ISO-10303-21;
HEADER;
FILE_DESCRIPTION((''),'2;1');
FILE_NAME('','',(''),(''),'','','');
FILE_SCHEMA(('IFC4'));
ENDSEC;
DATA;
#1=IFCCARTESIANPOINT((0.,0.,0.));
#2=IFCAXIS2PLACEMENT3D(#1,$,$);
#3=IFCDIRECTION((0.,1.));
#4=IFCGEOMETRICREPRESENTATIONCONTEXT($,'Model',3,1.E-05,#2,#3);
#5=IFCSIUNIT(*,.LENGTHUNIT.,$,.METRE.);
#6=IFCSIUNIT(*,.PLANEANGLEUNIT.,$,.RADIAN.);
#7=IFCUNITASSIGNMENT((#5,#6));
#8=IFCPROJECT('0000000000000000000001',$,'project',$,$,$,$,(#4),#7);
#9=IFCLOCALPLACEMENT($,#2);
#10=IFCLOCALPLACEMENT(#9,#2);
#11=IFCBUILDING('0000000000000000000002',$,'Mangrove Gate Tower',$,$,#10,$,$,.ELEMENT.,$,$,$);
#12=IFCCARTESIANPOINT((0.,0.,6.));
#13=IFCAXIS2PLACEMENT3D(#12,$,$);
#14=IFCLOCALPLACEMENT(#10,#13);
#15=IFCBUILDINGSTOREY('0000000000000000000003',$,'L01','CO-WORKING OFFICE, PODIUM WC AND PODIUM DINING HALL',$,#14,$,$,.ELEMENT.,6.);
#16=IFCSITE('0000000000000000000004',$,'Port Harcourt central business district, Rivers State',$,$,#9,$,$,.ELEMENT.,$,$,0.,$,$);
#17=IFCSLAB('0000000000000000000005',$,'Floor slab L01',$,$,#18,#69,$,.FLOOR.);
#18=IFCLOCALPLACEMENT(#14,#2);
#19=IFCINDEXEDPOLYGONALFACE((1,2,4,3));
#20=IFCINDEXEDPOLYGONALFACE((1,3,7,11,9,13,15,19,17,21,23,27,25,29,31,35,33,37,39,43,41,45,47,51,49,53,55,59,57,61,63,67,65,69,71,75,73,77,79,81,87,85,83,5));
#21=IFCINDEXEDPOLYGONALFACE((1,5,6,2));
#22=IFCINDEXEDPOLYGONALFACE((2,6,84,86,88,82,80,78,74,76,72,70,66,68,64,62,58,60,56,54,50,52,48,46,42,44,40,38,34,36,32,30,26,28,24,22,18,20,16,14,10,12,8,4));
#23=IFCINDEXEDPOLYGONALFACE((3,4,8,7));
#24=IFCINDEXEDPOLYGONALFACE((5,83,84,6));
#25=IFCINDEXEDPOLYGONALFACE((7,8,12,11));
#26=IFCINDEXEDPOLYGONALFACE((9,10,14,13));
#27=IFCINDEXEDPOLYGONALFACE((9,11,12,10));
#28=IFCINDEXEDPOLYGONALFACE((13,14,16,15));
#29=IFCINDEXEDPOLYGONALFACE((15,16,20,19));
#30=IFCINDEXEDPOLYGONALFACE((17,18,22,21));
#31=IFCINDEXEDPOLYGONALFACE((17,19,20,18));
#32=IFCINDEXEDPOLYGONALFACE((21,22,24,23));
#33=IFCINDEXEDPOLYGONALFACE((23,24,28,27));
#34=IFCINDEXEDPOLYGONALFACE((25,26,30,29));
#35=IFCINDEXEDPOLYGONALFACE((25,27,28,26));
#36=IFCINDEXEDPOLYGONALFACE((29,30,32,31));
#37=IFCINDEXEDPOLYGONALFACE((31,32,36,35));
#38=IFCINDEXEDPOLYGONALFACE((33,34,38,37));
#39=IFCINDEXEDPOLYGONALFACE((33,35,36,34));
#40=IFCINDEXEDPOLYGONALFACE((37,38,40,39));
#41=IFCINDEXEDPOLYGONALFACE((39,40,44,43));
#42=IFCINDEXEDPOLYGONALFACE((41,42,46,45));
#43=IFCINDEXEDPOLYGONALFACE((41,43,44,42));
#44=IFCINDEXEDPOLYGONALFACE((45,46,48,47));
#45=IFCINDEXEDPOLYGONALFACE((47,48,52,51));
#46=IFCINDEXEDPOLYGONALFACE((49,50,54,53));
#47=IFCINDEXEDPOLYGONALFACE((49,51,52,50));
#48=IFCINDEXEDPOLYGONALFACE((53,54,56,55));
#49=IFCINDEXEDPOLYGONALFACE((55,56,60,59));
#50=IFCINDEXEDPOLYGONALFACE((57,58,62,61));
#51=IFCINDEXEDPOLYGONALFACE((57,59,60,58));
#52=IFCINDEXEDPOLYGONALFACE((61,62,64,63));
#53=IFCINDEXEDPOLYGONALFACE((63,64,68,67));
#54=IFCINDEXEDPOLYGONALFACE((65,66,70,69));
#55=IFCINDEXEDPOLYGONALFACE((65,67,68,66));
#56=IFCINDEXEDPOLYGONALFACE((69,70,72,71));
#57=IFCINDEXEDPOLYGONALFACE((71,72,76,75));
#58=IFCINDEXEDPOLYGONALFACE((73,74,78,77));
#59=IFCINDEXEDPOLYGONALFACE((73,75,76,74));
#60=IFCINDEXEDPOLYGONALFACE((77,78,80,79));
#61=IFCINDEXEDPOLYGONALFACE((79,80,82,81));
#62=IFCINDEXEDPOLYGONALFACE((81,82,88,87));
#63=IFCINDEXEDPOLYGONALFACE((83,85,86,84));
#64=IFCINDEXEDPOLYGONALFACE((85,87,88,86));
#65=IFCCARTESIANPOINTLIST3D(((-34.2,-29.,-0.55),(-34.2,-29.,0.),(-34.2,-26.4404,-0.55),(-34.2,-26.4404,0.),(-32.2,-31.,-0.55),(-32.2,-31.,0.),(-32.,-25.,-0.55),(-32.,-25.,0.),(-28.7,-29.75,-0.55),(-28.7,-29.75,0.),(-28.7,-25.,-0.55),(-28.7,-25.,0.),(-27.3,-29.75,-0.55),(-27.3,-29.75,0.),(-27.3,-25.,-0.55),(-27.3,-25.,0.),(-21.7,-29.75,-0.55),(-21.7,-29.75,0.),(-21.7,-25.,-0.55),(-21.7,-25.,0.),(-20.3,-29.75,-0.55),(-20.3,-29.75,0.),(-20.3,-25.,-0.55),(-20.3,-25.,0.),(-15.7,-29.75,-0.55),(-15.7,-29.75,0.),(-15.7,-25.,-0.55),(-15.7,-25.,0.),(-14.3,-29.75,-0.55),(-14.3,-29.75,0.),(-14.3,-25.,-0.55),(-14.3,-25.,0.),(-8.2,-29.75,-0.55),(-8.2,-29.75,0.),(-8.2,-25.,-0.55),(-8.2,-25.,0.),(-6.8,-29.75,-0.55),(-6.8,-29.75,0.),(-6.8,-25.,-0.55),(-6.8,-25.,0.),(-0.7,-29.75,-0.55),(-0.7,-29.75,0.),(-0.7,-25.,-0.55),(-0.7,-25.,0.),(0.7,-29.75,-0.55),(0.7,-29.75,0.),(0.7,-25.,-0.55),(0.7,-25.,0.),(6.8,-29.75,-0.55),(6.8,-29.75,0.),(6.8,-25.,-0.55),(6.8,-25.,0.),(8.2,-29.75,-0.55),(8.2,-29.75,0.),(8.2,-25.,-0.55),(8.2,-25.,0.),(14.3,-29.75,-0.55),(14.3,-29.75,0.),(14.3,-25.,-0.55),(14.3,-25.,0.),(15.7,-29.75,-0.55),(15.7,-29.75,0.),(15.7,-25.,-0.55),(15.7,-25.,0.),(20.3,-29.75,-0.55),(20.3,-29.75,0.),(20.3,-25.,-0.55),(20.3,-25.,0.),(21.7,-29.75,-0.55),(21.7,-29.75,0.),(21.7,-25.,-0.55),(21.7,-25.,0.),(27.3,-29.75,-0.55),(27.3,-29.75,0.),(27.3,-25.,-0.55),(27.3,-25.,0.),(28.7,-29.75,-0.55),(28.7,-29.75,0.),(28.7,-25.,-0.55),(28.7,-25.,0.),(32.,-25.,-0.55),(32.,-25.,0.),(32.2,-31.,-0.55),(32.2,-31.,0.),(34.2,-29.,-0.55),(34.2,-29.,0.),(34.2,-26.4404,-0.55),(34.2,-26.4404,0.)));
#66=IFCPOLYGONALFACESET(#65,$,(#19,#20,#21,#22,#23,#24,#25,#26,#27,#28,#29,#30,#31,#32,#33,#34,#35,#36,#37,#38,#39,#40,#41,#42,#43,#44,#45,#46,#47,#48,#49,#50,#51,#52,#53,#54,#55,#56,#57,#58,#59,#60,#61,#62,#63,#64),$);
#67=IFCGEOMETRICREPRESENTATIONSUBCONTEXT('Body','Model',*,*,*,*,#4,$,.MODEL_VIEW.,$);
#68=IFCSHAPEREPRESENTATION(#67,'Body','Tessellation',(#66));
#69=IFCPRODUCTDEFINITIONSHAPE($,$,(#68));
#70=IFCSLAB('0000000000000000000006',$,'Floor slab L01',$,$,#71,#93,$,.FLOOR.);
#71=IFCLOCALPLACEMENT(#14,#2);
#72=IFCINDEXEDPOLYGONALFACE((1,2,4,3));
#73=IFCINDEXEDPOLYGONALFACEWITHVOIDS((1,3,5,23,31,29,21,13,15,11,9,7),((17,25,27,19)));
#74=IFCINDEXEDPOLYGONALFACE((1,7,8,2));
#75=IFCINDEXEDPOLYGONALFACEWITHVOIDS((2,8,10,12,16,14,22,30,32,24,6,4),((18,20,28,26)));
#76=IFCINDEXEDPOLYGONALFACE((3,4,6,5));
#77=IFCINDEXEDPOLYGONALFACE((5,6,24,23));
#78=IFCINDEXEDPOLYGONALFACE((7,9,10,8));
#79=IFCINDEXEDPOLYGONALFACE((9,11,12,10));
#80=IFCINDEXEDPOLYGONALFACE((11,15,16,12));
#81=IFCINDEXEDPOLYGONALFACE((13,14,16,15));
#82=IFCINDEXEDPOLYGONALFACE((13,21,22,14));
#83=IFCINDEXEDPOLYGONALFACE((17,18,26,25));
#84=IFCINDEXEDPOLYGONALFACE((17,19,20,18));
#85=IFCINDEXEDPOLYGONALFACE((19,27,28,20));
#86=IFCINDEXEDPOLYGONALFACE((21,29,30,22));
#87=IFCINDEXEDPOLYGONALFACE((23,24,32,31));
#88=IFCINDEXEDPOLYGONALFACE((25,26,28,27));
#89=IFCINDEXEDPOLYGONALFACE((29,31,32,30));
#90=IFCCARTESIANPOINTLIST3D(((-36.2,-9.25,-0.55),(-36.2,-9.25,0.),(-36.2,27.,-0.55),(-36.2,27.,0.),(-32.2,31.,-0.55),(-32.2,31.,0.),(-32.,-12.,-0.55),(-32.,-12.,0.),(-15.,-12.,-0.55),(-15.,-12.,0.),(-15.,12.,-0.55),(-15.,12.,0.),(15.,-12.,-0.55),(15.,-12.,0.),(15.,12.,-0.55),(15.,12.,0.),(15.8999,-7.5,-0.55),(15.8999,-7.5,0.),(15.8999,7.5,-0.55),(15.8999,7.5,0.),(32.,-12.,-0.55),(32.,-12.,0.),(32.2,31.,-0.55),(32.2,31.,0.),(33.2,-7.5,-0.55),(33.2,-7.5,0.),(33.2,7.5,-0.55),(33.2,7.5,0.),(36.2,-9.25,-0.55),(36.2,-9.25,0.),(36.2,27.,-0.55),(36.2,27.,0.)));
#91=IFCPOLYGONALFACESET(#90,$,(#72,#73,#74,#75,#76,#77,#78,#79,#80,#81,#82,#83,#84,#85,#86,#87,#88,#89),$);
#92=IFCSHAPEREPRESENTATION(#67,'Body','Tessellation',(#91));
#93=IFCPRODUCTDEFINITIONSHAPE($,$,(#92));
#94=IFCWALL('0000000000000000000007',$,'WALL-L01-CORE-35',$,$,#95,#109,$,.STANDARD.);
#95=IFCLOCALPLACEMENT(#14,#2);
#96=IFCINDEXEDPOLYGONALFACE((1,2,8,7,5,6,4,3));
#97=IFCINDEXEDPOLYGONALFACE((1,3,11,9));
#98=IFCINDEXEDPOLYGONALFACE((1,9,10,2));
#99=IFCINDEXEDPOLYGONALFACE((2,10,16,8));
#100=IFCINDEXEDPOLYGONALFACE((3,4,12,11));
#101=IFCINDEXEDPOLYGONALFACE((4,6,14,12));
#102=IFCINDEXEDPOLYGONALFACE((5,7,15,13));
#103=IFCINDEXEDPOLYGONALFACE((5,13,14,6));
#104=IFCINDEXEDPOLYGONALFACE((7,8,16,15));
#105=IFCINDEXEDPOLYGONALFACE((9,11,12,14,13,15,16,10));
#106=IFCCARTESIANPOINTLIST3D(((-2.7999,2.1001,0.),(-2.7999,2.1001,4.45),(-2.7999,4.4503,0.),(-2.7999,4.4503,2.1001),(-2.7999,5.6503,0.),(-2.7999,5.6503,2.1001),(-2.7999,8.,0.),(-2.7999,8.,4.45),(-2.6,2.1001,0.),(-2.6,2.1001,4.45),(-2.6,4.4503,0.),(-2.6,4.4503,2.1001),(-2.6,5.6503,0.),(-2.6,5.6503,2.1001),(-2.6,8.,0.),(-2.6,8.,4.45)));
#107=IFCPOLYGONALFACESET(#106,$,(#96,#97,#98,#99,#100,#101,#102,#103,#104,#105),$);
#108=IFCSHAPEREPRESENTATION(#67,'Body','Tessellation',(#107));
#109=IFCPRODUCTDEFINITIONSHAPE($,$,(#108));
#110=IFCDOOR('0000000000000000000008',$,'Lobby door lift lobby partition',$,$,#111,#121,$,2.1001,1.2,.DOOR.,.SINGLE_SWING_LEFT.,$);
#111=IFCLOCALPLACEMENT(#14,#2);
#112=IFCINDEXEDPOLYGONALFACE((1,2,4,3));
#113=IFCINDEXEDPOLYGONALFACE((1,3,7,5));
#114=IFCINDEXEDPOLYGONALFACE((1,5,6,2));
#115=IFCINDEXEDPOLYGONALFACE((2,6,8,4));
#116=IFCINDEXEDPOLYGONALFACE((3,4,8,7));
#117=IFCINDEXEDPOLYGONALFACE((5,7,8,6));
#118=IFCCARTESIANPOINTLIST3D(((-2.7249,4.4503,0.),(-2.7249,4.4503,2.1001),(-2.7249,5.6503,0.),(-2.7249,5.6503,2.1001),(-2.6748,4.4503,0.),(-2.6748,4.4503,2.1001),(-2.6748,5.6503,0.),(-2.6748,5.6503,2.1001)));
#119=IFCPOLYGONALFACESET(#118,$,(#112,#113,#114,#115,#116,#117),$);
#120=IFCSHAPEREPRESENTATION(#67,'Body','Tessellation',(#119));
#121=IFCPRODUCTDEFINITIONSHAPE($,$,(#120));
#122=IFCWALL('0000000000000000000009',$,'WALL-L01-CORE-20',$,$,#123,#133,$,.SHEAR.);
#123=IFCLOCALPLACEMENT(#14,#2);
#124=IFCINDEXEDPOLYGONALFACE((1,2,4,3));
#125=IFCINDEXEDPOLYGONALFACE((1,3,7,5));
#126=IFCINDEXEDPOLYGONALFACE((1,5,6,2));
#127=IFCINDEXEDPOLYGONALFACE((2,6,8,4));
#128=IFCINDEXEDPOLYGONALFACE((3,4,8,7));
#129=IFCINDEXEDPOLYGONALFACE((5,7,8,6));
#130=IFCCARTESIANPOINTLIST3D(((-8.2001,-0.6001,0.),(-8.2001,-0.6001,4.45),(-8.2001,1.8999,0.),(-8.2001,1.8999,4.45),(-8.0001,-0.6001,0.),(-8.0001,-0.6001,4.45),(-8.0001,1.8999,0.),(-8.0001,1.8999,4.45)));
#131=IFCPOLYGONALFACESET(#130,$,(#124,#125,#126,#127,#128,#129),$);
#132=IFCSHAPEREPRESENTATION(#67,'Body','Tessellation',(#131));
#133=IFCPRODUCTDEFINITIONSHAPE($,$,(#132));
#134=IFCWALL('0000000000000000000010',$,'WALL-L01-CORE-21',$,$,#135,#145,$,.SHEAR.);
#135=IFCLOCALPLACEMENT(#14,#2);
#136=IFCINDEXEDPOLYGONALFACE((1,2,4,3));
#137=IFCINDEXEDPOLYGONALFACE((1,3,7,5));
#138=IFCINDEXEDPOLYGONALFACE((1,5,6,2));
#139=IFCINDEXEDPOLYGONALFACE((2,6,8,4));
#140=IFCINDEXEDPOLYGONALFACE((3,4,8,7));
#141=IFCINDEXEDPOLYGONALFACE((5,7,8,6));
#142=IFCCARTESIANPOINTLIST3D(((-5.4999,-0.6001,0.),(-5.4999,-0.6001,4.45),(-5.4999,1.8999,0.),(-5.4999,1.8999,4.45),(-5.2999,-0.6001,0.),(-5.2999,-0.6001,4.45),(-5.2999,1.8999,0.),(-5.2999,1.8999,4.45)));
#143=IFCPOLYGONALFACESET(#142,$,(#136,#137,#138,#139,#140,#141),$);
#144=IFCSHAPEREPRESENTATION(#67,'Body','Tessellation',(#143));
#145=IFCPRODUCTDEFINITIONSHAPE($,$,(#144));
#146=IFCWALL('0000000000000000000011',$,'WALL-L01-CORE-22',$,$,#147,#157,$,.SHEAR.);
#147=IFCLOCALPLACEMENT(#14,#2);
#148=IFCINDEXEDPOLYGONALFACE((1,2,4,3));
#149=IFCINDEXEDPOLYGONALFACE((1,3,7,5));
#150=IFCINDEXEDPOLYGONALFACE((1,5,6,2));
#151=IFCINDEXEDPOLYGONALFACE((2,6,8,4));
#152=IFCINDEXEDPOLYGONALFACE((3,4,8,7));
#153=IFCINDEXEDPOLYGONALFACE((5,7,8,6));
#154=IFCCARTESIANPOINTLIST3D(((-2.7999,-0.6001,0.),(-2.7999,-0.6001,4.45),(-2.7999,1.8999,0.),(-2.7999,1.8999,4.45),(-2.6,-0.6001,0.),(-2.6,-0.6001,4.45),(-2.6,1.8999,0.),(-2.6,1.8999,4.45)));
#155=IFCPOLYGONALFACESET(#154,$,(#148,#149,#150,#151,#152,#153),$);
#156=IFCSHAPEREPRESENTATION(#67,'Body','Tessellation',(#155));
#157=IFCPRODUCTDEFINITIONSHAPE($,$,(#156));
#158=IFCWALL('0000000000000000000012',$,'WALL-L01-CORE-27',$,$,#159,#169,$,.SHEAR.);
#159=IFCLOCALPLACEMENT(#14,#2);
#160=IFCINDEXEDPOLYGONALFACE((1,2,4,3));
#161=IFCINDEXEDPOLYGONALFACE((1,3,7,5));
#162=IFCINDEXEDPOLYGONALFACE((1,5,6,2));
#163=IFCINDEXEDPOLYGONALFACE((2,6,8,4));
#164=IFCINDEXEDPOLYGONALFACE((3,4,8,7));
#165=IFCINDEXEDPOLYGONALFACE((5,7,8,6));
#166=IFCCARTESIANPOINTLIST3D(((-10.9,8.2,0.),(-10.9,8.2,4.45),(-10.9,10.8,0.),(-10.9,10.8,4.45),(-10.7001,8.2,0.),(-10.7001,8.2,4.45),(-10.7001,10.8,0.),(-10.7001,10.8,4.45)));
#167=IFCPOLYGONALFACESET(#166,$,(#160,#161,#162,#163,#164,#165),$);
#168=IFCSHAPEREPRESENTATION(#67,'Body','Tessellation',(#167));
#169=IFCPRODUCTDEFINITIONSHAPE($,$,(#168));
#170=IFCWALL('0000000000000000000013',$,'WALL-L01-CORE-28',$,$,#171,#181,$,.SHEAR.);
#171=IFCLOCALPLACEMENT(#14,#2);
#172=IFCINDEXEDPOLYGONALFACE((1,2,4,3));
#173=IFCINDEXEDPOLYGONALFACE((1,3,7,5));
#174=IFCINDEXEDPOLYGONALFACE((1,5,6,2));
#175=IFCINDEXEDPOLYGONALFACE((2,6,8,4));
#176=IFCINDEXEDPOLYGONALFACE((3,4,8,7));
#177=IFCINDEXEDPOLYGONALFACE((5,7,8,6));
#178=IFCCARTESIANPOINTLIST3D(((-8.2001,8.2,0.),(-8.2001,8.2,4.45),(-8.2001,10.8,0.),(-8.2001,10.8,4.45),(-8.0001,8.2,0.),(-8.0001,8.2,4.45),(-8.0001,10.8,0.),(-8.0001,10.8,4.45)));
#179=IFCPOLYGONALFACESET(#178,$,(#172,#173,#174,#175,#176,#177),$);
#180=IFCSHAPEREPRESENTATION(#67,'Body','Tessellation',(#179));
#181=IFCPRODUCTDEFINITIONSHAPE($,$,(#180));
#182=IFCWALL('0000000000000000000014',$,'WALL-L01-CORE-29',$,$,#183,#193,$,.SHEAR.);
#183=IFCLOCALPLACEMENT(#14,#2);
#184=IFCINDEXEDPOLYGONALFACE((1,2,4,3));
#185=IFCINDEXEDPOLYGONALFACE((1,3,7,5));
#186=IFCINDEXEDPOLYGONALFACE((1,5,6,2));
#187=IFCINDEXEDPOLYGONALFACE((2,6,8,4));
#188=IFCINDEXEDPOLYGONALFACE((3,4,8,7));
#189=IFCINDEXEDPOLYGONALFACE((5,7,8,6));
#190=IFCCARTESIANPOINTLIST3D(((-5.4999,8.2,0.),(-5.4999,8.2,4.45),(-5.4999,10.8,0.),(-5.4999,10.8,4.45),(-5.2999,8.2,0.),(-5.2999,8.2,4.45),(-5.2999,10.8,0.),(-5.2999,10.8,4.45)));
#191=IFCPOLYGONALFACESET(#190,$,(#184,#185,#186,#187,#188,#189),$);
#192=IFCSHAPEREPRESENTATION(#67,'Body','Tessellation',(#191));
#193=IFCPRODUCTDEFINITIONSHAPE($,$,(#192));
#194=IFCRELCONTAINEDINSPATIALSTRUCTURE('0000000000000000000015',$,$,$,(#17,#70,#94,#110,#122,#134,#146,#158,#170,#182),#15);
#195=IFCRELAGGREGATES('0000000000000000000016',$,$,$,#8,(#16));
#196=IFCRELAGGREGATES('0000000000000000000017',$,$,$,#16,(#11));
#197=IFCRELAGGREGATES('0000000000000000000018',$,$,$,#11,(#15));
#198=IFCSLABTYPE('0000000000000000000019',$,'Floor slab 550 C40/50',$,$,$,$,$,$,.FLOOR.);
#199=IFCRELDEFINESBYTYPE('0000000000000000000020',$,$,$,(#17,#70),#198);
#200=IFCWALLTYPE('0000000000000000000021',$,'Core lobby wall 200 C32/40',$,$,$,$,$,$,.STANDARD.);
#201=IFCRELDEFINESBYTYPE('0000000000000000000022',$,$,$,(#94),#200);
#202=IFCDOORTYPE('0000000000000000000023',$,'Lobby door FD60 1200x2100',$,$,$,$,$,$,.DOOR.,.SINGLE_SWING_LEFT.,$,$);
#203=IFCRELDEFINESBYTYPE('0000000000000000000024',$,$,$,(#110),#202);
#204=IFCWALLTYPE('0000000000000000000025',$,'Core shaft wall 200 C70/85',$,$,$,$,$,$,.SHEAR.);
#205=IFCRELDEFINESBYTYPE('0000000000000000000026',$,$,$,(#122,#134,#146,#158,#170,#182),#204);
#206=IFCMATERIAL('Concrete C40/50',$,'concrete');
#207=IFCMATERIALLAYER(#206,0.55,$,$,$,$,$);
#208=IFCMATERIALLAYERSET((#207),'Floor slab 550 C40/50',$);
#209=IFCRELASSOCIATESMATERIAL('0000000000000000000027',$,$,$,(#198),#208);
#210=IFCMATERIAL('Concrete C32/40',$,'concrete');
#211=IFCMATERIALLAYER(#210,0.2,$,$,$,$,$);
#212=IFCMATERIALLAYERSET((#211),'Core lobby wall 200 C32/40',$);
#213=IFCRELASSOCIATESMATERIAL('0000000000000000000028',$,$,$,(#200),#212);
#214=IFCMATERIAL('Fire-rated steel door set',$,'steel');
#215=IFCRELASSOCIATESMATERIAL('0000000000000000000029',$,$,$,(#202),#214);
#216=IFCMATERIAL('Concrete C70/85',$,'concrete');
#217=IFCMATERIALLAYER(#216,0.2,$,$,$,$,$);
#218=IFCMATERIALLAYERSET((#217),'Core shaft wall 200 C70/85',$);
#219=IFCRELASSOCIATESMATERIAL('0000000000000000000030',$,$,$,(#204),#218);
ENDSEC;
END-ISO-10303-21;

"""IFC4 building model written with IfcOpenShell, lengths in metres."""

from ifc_helpers import new_model, si_unit, direction, frame, frame_2d, origin, place, context, subcontext, project, spatial, polyline, rectangle, outline, extrude, material, layer, layer_set, type_object, element, fill, save


model = new_model("IFC4")

# Units and contexts
model_context = context("Model", 3, precision=1e-05, world=origin(), true_north=direction((0.0, 1.0)))
body_context = subcontext(model_context, "Body", "Model", "MODEL_VIEW")
ifc_project = project(units=[si_unit("LENGTHUNIT", "METRE"), si_unit("PLANEANGLEUNIT", "RADIAN")], contexts=[model_context])

# Site, building, storey
site_placement = place(None, origin())
site = spatial("IfcSite", under=ifc_project, at=site_placement, Name="Port Harcourt central business district, Rivers State", CompositionType="ELEMENT", RefElevation=0.0)
building_placement = place(site_placement, origin())
building = spatial("IfcBuilding", under=site, at=building_placement, Name="Mangrove Gate Tower", CompositionType="ELEMENT")
storey_placement = place(building_placement, frame((0.0, 0.0, 6.0)))
storey = spatial("IfcBuildingStorey", under=building, at=storey_placement, Name="L01", Description="CO-WORKING OFFICE, PODIUM WC AND PODIUM DINING HALL", CompositionType="ELEMENT", Elevation=6.0)

# Slabs
ifc_material_1 = material(Name="Concrete C40/50", Category="concrete")
ifc_layer_1 = layer(ifc_material_1, 0.55)
ifc_layer_set_1 = layer_set([ifc_layer_1], Name="Floor slab 550 C40/50")
slab_type = type_object("IfcSlabType", Name="Floor slab 550 C40/50", PredefinedType="FLOOR", material=ifc_layer_set_1)
slab_1_placement = place(storey_placement, frame((0.0, 0.0, -0.55)))
element("IfcSlab", 1, at=slab_1_placement, inside=storey, type_object=slab_type, Name="Floor slab L01", PredefinedType="FLOOR", context=body_context, shape_type="SweptSolid", body=[
    extrude(outline(polyline([(-32.0, -25.0), (-34.2, -26.4404), (-34.2, -29.0), (-32.2, -31.0), (32.2, -31.0), (34.2, -29.0), (34.2, -26.4404), (32.0, -25.0), (28.7, -25.0), (28.7, -29.75), (27.3, -29.75), (27.3, -25.0), (21.7, -25.0), (21.7, -29.75), (20.3, -29.75), (20.3, -25.0), (15.7, -25.0), (15.7, -29.75), (14.3, -29.75), (14.3, -25.0), (8.2, -25.0), (8.2, -29.75), (6.8, -29.75), (6.8, -25.0), (0.7, -25.0), (0.7, -29.75), (-0.7, -29.75), (-0.7, -25.0), (-6.8, -25.0), (-6.8, -29.75), (-8.2, -29.75), (-8.2, -25.0), (-14.3, -25.0), (-14.3, -29.75), (-15.7, -29.75), (-15.7, -25.0), (-20.3, -25.0), (-20.3, -29.75), (-21.7, -29.75), (-21.7, -25.0), (-27.3, -25.0), (-27.3, -29.75), (-28.7, -29.75), (-28.7, -25.0), (-32.0, -25.0)])), origin(), (0.0, 0.0, 1.0), 0.55),
])
slab_2_placement = place(storey_placement, frame((0.0, 0.0, -0.55)))
element("IfcSlab", 2, at=slab_2_placement, inside=storey, type_object=slab_type, Name="Floor slab L01", PredefinedType="FLOOR", context=body_context, shape_type="SweptSolid", body=[
    extrude(outline(polyline([(36.2, -9.25), (36.2, 27.0), (32.2, 31.0), (-32.2, 31.0), (-36.2, 27.0), (-36.2, -9.25), (-32.0, -12.0), (-15.0, -12.0), (-15.0, 12.0), (15.0, 12.0), (15.0, -12.0), (32.0, -12.0), (36.2, -9.25)]), holes=[polyline([(15.8999, 7.5), (33.2, 7.5), (33.2, -7.5), (15.8999, -7.5), (15.8999, 7.5)])]), origin(), (0.0, 0.0, 1.0), 0.55),
])

# Wall, opening, door
ifc_material_2 = material(Name="Concrete C32/40", Category="concrete")
ifc_layer_2 = layer(ifc_material_2, 0.2)
ifc_layer_set_2 = layer_set([ifc_layer_2], Name="Core lobby wall 200 C32/40")
wall_type_1 = type_object("IfcWallType", Name="Core lobby wall 200 C32/40", PredefinedType="STANDARD", material=ifc_layer_set_2)
wall_placement = place(storey_placement, frame((-2.7, 2.1001, 0.0), z_axis=(0.0, 0.0, 1.0), x_axis=(0.0, 1.0, 0.0)))
wall = element("IfcWall", 3, at=wall_placement, inside=storey, type_object=wall_type_1, Name="WALL-L01-CORE-35", PredefinedType="STANDARD", context=body_context, shape_type="SweptSolid", body=[
    extrude(rectangle(XDim=5.8999, YDim=0.2, at=frame_2d((2.95, 0.0))), origin(), (0.0, 0.0, 1.0), 4.45),
])
opening_placement = place(wall_placement, frame((2.3501, 0.0, 0.0)))
opening = element("IfcOpeningElement", 4, at=opening_placement, cuts=wall, PredefinedType="OPENING", context=body_context, shape_type="SweptSolid", body=[
    extrude(rectangle(XDim=1.2, YDim=2.1001, at=frame_2d((0.6001, 1.05))), frame((0.0, 0.1099, 0.0), z_axis=(0.0, -1.0, 0.0), x_axis=(1.0, 0.0, 0.0)), (0.0, 0.0, 1.0), 0.22),
])
ifc_material_3 = material(Name="Fire-rated steel door set", Category="steel")
door_type = type_object("IfcDoorType", Name="Lobby door FD60 1200x2100", OperationType="SINGLE_SWING_LEFT", PredefinedType="DOOR", material=ifc_material_3)
door_placement = place(opening_placement, origin())
door = element("IfcDoor", 5, at=door_placement, inside=storey, type_object=door_type, Name="Lobby door lift lobby partition", OperationType="SINGLE_SWING_LEFT", OverallHeight=2.1001, OverallWidth=1.2, PredefinedType="DOOR", context=body_context, shape_type="SweptSolid", body=[
    extrude(rectangle(XDim=1.2, YDim=2.1001, at=frame_2d((0.6001, 1.05))), frame((0.0, 0.0249, 0.0), z_axis=(0.0, -1.0, 0.0), x_axis=(1.0, 0.0, 0.0)), (0.0, 0.0, 1.0), 0.05),
])
fill(opening, door)

# Walls
ifc_material_4 = material(Name="Concrete C70/85", Category="concrete")
ifc_layer_3 = layer(ifc_material_4, 0.2)
ifc_layer_set_3 = layer_set([ifc_layer_3], Name="Core shaft wall 200 C70/85")
wall_type_2 = type_object("IfcWallType", Name="Core shaft wall 200 C70/85", PredefinedType="SHEAR", material=ifc_layer_set_3)
for number, where, z_axis, x_axis, name in (
    (6, (-8.1001, -0.6001, 0.0), (0.0, 0.0, 1.0), (0.0, 1.0, 0.0), "WALL-L01-CORE-20"),
    (7, (-5.3999, -0.6001, 0.0), (0.0, 0.0, 1.0), (0.0, 1.0, 0.0), "WALL-L01-CORE-21"),
    (8, (-2.7, -0.6001, 0.0), (0.0, 0.0, 1.0), (0.0, 1.0, 0.0), "WALL-L01-CORE-22"),
):
    element("IfcWall", number, at=place(storey_placement, frame(where, z_axis=z_axis, x_axis=x_axis)), inside=storey, type_object=wall_type_2, Name=name, PredefinedType="SHEAR", context=body_context, shape_type="SweptSolid", body=[
        extrude(rectangle(XDim=2.5, YDim=0.2, at=frame_2d((1.25, 0.0))), origin(), (0.0, 0.0, 1.0), 4.45),
    ])
for number, where, z_axis, x_axis, name in (
    (9, (-10.8, 8.2, 0.0), (0.0, 0.0, 1.0), (0.0, 1.0, 0.0), "WALL-L01-CORE-27"),
    (10, (-8.1001, 8.2, 0.0), (0.0, 0.0, 1.0), (0.0, 1.0, 0.0), "WALL-L01-CORE-28"),
    (11, (-5.3999, 8.2, 0.0), (0.0, 0.0, 1.0), (0.0, 1.0, 0.0), "WALL-L01-CORE-29"),
):
    element("IfcWall", number, at=place(storey_placement, frame(where, z_axis=z_axis, x_axis=x_axis)), inside=storey, type_object=wall_type_2, Name=name, PredefinedType="SHEAR", context=body_context, shape_type="SweptSolid", body=[
        extrude(rectangle(XDim=2.6001, YDim=0.2, at=frame_2d((1.3, 0.0))), origin(), (0.0, 0.0, 1.0), 4.45),
    ])

save(model, "model.ifc")
